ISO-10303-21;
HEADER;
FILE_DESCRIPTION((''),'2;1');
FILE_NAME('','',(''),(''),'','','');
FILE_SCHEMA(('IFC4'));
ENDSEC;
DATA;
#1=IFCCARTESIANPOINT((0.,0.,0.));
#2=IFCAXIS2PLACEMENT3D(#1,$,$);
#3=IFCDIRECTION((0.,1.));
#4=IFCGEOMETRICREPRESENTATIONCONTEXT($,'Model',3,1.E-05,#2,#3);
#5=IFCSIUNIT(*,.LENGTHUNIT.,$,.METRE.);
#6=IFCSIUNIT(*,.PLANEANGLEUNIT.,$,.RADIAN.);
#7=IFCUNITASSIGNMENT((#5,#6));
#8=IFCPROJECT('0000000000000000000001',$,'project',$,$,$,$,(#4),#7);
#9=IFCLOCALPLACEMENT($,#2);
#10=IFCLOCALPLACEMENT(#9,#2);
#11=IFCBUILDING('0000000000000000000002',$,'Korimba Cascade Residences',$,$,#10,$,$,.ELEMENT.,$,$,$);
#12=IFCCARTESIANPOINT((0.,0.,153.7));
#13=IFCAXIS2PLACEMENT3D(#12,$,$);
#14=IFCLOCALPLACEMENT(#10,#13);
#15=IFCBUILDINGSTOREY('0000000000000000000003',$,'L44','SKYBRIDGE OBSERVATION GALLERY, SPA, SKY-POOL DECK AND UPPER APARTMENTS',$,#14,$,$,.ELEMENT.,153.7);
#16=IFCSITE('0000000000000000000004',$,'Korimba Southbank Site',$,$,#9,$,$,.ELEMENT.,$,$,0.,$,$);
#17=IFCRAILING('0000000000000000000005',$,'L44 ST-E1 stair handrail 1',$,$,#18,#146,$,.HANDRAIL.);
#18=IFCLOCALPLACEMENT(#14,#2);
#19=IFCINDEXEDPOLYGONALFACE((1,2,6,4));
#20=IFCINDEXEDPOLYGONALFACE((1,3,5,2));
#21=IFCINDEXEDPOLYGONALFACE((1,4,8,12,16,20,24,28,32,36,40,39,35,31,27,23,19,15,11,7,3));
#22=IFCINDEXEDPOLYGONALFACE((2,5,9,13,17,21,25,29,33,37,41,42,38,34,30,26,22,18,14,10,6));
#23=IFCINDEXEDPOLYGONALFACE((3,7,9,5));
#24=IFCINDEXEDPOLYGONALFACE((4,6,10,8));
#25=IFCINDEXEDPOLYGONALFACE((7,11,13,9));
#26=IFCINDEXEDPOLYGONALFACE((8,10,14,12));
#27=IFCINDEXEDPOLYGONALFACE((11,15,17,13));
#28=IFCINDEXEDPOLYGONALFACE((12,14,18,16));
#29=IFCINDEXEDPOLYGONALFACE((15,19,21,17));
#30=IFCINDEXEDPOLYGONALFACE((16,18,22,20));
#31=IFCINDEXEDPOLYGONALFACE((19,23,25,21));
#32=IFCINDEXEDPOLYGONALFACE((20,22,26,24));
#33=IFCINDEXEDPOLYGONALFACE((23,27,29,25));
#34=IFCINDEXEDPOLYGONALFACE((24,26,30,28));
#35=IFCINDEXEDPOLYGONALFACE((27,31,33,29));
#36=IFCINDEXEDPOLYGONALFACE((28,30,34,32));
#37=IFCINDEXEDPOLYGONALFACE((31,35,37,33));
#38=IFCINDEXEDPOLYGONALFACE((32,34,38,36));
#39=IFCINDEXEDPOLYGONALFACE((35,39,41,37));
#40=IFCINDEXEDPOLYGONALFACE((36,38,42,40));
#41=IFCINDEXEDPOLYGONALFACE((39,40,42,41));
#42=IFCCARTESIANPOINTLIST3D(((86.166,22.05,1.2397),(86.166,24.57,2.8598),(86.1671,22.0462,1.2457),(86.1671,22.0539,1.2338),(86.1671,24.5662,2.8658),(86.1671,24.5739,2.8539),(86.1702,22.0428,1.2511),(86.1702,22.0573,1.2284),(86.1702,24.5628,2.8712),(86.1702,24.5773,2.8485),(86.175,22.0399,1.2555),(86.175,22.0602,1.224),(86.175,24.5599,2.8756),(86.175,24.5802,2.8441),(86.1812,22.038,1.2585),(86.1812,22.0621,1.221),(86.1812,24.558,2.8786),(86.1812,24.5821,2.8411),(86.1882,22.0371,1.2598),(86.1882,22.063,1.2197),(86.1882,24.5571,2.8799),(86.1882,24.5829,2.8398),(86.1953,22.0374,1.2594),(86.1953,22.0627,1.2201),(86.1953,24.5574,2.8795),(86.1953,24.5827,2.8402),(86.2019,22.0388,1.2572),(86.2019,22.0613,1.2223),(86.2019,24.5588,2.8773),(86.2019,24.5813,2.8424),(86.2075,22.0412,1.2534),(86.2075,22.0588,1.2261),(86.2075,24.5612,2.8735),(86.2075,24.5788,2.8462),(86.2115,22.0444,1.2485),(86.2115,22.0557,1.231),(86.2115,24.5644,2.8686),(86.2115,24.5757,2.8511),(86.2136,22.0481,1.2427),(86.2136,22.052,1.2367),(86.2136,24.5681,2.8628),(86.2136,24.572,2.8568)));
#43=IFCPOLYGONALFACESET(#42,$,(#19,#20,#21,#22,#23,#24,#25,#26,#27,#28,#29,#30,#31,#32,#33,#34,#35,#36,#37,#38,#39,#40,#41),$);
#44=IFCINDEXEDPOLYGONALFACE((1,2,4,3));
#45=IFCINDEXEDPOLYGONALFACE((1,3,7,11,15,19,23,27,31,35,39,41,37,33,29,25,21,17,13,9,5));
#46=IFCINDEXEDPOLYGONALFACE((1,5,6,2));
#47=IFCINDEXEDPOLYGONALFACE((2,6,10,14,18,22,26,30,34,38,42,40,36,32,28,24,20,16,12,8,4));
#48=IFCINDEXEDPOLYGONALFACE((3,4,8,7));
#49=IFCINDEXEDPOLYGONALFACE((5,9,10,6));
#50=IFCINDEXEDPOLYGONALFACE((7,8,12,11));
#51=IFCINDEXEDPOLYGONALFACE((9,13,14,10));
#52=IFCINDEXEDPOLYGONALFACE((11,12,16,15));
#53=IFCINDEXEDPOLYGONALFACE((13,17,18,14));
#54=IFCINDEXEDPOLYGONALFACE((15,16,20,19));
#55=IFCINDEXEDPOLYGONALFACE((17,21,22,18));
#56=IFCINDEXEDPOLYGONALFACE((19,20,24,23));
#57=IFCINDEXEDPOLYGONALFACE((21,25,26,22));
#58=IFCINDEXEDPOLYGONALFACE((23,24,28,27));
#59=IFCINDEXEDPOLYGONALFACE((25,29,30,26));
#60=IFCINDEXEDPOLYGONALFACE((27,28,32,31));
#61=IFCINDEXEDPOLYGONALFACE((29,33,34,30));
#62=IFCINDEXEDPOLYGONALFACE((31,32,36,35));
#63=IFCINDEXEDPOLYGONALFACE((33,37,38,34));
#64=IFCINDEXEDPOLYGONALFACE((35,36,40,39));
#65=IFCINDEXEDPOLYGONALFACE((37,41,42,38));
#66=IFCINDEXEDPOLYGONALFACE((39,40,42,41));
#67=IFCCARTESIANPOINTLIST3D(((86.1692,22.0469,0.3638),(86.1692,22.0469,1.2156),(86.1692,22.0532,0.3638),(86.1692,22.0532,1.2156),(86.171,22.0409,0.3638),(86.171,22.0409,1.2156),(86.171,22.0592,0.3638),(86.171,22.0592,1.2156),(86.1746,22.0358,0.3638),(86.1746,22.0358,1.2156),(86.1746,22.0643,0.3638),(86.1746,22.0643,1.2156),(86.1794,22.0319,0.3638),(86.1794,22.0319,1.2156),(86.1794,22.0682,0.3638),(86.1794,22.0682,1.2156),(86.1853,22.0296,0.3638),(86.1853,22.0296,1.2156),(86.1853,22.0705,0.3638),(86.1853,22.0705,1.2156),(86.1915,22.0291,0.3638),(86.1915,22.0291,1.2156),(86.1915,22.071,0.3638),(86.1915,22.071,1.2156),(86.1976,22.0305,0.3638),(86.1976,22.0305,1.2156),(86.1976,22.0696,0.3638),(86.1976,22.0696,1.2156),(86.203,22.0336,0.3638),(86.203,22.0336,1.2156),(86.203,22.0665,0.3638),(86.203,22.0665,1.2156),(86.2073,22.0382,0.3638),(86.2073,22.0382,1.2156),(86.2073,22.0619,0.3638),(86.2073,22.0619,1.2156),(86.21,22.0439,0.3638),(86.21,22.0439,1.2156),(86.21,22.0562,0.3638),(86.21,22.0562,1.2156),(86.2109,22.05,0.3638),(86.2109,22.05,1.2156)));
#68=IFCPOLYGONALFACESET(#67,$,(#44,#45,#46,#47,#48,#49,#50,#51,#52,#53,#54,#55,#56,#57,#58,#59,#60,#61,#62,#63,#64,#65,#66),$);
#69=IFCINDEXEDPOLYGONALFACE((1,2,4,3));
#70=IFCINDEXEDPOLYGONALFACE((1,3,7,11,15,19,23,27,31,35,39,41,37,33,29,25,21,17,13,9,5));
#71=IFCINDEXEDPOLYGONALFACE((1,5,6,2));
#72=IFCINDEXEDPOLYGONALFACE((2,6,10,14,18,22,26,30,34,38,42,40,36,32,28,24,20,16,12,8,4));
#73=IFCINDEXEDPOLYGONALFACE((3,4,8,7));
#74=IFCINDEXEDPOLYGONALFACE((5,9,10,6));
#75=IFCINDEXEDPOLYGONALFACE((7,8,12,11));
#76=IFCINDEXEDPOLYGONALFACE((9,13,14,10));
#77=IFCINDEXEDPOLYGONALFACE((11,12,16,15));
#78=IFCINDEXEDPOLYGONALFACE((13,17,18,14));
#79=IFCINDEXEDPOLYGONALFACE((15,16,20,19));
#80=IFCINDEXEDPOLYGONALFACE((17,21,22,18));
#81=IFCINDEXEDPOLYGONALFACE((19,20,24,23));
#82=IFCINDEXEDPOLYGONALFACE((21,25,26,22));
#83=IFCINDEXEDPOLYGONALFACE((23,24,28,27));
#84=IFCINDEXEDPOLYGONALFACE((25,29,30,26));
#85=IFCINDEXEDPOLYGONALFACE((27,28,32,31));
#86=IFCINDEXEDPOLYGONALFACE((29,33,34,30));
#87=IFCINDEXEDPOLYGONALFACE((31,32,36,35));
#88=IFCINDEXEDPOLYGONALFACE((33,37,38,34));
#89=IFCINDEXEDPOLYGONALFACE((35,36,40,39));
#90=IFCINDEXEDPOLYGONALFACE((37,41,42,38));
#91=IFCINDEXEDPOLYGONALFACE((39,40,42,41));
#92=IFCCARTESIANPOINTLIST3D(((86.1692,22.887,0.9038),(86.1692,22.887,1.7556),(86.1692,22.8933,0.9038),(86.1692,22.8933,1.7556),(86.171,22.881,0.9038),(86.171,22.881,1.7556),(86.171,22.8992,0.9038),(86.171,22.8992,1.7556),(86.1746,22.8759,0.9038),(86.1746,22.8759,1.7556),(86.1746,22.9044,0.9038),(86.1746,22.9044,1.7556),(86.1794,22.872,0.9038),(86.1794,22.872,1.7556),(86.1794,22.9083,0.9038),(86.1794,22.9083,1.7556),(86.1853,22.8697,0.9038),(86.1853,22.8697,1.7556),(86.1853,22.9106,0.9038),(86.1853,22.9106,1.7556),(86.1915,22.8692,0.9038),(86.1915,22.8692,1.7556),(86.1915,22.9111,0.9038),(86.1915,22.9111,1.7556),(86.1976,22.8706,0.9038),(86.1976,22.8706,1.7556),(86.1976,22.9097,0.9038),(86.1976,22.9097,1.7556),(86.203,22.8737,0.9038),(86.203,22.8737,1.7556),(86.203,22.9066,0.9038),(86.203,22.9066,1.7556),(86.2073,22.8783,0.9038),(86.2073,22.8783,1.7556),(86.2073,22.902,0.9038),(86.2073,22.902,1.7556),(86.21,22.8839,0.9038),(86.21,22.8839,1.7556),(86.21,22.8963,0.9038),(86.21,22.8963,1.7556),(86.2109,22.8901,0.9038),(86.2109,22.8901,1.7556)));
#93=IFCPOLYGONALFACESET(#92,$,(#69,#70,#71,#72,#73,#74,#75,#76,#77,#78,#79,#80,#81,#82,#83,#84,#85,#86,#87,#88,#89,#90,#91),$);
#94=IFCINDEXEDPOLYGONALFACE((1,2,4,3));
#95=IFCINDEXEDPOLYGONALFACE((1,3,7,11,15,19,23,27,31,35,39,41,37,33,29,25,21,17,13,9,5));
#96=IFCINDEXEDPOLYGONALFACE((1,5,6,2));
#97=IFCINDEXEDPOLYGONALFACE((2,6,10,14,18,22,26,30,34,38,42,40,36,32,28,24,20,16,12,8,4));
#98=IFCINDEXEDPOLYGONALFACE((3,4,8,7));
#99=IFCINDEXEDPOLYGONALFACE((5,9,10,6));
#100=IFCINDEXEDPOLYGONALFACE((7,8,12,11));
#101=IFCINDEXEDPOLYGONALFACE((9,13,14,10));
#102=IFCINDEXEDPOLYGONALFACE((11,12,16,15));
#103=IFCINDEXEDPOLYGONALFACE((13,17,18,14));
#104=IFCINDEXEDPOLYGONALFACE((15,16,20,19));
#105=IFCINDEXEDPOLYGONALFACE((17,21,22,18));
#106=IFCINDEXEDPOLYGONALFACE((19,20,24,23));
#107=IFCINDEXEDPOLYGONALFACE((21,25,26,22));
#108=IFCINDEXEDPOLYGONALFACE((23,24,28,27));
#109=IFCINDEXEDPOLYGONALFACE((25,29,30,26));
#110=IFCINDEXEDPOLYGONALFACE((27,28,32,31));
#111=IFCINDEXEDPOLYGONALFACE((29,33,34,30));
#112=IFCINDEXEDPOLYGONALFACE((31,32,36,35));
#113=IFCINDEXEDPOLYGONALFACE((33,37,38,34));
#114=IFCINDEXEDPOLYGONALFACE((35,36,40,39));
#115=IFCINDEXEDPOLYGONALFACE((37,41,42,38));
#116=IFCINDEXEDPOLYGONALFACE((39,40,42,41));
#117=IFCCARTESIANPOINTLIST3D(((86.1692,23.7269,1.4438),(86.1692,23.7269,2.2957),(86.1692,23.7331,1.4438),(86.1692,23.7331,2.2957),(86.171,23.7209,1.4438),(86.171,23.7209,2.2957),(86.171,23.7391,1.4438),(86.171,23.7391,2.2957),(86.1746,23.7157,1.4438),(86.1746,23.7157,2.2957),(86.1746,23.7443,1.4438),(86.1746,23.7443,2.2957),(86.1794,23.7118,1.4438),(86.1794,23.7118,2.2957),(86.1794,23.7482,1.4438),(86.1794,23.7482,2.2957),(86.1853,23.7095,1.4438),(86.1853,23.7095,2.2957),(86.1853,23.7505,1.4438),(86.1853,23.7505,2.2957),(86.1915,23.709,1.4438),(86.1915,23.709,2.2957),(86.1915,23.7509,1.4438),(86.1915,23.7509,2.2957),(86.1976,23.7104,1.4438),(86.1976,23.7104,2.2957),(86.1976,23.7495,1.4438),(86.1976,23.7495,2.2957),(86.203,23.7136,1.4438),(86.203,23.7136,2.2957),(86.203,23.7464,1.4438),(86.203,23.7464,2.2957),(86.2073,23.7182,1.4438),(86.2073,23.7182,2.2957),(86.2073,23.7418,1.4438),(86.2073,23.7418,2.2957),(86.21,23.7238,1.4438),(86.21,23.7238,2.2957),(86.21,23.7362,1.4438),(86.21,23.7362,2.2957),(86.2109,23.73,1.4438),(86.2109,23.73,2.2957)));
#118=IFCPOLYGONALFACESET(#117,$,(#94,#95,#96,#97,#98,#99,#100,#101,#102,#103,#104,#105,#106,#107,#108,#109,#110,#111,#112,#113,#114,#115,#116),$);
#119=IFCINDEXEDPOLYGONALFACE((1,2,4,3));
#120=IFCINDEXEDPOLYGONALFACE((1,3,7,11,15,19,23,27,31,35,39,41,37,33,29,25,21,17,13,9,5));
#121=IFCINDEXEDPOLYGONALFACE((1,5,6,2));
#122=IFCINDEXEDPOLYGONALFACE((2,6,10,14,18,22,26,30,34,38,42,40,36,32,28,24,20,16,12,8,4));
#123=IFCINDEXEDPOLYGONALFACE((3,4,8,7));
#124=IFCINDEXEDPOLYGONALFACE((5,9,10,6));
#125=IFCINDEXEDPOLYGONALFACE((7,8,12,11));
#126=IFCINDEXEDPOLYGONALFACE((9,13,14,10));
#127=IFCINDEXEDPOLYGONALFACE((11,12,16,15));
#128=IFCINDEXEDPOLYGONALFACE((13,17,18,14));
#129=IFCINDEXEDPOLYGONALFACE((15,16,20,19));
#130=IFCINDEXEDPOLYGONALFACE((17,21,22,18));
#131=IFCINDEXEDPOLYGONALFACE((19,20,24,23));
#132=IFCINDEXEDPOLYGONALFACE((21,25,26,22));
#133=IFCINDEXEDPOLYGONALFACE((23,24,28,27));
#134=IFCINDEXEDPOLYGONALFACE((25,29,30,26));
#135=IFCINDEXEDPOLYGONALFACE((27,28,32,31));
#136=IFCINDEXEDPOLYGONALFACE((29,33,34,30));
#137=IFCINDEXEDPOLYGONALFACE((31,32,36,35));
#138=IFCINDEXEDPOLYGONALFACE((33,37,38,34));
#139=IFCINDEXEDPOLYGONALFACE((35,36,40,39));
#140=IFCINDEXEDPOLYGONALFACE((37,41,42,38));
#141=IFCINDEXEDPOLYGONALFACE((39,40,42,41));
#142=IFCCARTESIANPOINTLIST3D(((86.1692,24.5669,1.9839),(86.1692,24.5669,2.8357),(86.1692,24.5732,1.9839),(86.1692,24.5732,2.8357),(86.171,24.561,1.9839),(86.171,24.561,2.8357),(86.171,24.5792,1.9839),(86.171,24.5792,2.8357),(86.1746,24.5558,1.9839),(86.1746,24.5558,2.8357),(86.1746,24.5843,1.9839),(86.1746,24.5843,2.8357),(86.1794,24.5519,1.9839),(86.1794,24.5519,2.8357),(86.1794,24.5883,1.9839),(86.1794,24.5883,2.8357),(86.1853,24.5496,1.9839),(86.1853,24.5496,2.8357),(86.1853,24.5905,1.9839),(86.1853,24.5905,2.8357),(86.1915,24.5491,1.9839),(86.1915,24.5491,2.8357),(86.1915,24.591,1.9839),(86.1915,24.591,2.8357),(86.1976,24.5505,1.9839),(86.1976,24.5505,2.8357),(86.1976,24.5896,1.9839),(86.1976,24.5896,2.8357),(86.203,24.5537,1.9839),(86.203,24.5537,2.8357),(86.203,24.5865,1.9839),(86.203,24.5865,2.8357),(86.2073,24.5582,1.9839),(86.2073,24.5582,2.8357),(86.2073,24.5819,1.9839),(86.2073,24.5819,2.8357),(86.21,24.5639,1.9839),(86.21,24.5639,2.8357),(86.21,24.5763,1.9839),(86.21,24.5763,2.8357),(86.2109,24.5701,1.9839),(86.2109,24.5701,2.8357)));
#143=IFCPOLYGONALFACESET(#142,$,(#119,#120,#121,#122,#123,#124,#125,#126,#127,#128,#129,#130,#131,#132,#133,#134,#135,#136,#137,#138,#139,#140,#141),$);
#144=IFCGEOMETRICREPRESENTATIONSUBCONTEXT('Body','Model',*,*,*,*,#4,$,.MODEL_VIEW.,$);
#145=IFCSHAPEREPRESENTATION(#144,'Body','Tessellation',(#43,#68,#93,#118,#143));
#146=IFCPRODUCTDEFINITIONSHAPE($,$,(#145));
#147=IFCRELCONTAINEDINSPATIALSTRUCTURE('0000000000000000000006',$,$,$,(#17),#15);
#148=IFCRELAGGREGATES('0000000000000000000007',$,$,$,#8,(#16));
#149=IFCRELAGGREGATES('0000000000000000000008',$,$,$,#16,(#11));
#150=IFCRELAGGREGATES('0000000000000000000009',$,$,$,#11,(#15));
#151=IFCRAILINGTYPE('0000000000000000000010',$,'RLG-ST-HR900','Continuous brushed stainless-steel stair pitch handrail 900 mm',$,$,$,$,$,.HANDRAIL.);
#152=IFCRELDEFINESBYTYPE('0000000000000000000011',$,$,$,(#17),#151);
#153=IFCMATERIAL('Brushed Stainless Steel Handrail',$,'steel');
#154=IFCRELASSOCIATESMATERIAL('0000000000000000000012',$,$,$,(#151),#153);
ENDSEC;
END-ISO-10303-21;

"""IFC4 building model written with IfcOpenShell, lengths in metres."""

from ifc_helpers import new_model, si_unit, direction, frame, origin, origin_2d, place, context, subcontext, project, spatial, circle, extrude, material, type_object, element, save


model = new_model("IFC4")

# Units and contexts
model_context = context("Model", 3, precision=1e-05, world=origin(), true_north=direction((0.0, 1.0)))
body_context = subcontext(model_context, "Body", "Model", "MODEL_VIEW")
ifc_project = project(units=[si_unit("LENGTHUNIT", "METRE"), si_unit("PLANEANGLEUNIT", "RADIAN")], contexts=[model_context])

# Site, building, storey
site_placement = place(None, origin())
site = spatial("IfcSite", under=ifc_project, at=site_placement, Name="Korimba Southbank Site", CompositionType="ELEMENT", RefElevation=0.0)
building_placement = place(site_placement, origin())
building = spatial("IfcBuilding", under=site, at=building_placement, Name="Korimba Cascade Residences", CompositionType="ELEMENT")
storey_placement = place(building_placement, frame((0.0, 0.0, 153.7)))
storey = spatial("IfcBuildingStorey", under=building, at=storey_placement, Name="L44", Description="SKYBRIDGE OBSERVATION GALLERY, SPA, SKY-POOL DECK AND UPPER APARTMENTS", CompositionType="ELEMENT", Elevation=153.7)

# Railing
ifc_material_1 = material(Name="Brushed Stainless Steel Handrail", Category="steel")
railing_type_1 = type_object("IfcRailingType", Name="RLG-ST-HR900", Description="Continuous brushed stainless-steel stair pitch handrail 900 mm", PredefinedType="HANDRAIL", material=ifc_material_1)
railing_1_placement = place(storey_placement, frame((86.1899, 22.05, 0.3638)))
element("IfcRailing", 1, at=railing_1_placement, inside=storey, type_object=railing_type_1, Name="L44 ST-E1 stair handrail 1", PredefinedType="HANDRAIL", context=body_context, shape_type="SweptSolid", body=[
    extrude(circle(Radius=0.0239, at=origin_2d()), frame((0.0, 0.0, 0.876), z_axis=(0.0, 0.841163, 0.540782), x_axis=(-1.0, 0.0, 0.0)), (0.0, 0.0, 1.0), 2.9958),
    extrude(circle(Radius=0.021, at=origin_2d()), origin(), (0.0, 0.0, 1.0), 0.8518),
    extrude(circle(Radius=0.021, at=origin_2d()), frame((0.0, 0.8401, 0.54)), (0.0, 0.0, 1.0), 0.8518),
    extrude(circle(Radius=0.021, at=origin_2d()), frame((0.0, 1.6799, 1.0801)), (0.0, 0.0, 1.0), 0.8518),
    extrude(circle(Radius=0.021, at=origin_2d()), frame((0.0, 2.52, 1.6201)), (0.0, 0.0, 1.0), 0.8518),
])

save(model, "model.ifc")
